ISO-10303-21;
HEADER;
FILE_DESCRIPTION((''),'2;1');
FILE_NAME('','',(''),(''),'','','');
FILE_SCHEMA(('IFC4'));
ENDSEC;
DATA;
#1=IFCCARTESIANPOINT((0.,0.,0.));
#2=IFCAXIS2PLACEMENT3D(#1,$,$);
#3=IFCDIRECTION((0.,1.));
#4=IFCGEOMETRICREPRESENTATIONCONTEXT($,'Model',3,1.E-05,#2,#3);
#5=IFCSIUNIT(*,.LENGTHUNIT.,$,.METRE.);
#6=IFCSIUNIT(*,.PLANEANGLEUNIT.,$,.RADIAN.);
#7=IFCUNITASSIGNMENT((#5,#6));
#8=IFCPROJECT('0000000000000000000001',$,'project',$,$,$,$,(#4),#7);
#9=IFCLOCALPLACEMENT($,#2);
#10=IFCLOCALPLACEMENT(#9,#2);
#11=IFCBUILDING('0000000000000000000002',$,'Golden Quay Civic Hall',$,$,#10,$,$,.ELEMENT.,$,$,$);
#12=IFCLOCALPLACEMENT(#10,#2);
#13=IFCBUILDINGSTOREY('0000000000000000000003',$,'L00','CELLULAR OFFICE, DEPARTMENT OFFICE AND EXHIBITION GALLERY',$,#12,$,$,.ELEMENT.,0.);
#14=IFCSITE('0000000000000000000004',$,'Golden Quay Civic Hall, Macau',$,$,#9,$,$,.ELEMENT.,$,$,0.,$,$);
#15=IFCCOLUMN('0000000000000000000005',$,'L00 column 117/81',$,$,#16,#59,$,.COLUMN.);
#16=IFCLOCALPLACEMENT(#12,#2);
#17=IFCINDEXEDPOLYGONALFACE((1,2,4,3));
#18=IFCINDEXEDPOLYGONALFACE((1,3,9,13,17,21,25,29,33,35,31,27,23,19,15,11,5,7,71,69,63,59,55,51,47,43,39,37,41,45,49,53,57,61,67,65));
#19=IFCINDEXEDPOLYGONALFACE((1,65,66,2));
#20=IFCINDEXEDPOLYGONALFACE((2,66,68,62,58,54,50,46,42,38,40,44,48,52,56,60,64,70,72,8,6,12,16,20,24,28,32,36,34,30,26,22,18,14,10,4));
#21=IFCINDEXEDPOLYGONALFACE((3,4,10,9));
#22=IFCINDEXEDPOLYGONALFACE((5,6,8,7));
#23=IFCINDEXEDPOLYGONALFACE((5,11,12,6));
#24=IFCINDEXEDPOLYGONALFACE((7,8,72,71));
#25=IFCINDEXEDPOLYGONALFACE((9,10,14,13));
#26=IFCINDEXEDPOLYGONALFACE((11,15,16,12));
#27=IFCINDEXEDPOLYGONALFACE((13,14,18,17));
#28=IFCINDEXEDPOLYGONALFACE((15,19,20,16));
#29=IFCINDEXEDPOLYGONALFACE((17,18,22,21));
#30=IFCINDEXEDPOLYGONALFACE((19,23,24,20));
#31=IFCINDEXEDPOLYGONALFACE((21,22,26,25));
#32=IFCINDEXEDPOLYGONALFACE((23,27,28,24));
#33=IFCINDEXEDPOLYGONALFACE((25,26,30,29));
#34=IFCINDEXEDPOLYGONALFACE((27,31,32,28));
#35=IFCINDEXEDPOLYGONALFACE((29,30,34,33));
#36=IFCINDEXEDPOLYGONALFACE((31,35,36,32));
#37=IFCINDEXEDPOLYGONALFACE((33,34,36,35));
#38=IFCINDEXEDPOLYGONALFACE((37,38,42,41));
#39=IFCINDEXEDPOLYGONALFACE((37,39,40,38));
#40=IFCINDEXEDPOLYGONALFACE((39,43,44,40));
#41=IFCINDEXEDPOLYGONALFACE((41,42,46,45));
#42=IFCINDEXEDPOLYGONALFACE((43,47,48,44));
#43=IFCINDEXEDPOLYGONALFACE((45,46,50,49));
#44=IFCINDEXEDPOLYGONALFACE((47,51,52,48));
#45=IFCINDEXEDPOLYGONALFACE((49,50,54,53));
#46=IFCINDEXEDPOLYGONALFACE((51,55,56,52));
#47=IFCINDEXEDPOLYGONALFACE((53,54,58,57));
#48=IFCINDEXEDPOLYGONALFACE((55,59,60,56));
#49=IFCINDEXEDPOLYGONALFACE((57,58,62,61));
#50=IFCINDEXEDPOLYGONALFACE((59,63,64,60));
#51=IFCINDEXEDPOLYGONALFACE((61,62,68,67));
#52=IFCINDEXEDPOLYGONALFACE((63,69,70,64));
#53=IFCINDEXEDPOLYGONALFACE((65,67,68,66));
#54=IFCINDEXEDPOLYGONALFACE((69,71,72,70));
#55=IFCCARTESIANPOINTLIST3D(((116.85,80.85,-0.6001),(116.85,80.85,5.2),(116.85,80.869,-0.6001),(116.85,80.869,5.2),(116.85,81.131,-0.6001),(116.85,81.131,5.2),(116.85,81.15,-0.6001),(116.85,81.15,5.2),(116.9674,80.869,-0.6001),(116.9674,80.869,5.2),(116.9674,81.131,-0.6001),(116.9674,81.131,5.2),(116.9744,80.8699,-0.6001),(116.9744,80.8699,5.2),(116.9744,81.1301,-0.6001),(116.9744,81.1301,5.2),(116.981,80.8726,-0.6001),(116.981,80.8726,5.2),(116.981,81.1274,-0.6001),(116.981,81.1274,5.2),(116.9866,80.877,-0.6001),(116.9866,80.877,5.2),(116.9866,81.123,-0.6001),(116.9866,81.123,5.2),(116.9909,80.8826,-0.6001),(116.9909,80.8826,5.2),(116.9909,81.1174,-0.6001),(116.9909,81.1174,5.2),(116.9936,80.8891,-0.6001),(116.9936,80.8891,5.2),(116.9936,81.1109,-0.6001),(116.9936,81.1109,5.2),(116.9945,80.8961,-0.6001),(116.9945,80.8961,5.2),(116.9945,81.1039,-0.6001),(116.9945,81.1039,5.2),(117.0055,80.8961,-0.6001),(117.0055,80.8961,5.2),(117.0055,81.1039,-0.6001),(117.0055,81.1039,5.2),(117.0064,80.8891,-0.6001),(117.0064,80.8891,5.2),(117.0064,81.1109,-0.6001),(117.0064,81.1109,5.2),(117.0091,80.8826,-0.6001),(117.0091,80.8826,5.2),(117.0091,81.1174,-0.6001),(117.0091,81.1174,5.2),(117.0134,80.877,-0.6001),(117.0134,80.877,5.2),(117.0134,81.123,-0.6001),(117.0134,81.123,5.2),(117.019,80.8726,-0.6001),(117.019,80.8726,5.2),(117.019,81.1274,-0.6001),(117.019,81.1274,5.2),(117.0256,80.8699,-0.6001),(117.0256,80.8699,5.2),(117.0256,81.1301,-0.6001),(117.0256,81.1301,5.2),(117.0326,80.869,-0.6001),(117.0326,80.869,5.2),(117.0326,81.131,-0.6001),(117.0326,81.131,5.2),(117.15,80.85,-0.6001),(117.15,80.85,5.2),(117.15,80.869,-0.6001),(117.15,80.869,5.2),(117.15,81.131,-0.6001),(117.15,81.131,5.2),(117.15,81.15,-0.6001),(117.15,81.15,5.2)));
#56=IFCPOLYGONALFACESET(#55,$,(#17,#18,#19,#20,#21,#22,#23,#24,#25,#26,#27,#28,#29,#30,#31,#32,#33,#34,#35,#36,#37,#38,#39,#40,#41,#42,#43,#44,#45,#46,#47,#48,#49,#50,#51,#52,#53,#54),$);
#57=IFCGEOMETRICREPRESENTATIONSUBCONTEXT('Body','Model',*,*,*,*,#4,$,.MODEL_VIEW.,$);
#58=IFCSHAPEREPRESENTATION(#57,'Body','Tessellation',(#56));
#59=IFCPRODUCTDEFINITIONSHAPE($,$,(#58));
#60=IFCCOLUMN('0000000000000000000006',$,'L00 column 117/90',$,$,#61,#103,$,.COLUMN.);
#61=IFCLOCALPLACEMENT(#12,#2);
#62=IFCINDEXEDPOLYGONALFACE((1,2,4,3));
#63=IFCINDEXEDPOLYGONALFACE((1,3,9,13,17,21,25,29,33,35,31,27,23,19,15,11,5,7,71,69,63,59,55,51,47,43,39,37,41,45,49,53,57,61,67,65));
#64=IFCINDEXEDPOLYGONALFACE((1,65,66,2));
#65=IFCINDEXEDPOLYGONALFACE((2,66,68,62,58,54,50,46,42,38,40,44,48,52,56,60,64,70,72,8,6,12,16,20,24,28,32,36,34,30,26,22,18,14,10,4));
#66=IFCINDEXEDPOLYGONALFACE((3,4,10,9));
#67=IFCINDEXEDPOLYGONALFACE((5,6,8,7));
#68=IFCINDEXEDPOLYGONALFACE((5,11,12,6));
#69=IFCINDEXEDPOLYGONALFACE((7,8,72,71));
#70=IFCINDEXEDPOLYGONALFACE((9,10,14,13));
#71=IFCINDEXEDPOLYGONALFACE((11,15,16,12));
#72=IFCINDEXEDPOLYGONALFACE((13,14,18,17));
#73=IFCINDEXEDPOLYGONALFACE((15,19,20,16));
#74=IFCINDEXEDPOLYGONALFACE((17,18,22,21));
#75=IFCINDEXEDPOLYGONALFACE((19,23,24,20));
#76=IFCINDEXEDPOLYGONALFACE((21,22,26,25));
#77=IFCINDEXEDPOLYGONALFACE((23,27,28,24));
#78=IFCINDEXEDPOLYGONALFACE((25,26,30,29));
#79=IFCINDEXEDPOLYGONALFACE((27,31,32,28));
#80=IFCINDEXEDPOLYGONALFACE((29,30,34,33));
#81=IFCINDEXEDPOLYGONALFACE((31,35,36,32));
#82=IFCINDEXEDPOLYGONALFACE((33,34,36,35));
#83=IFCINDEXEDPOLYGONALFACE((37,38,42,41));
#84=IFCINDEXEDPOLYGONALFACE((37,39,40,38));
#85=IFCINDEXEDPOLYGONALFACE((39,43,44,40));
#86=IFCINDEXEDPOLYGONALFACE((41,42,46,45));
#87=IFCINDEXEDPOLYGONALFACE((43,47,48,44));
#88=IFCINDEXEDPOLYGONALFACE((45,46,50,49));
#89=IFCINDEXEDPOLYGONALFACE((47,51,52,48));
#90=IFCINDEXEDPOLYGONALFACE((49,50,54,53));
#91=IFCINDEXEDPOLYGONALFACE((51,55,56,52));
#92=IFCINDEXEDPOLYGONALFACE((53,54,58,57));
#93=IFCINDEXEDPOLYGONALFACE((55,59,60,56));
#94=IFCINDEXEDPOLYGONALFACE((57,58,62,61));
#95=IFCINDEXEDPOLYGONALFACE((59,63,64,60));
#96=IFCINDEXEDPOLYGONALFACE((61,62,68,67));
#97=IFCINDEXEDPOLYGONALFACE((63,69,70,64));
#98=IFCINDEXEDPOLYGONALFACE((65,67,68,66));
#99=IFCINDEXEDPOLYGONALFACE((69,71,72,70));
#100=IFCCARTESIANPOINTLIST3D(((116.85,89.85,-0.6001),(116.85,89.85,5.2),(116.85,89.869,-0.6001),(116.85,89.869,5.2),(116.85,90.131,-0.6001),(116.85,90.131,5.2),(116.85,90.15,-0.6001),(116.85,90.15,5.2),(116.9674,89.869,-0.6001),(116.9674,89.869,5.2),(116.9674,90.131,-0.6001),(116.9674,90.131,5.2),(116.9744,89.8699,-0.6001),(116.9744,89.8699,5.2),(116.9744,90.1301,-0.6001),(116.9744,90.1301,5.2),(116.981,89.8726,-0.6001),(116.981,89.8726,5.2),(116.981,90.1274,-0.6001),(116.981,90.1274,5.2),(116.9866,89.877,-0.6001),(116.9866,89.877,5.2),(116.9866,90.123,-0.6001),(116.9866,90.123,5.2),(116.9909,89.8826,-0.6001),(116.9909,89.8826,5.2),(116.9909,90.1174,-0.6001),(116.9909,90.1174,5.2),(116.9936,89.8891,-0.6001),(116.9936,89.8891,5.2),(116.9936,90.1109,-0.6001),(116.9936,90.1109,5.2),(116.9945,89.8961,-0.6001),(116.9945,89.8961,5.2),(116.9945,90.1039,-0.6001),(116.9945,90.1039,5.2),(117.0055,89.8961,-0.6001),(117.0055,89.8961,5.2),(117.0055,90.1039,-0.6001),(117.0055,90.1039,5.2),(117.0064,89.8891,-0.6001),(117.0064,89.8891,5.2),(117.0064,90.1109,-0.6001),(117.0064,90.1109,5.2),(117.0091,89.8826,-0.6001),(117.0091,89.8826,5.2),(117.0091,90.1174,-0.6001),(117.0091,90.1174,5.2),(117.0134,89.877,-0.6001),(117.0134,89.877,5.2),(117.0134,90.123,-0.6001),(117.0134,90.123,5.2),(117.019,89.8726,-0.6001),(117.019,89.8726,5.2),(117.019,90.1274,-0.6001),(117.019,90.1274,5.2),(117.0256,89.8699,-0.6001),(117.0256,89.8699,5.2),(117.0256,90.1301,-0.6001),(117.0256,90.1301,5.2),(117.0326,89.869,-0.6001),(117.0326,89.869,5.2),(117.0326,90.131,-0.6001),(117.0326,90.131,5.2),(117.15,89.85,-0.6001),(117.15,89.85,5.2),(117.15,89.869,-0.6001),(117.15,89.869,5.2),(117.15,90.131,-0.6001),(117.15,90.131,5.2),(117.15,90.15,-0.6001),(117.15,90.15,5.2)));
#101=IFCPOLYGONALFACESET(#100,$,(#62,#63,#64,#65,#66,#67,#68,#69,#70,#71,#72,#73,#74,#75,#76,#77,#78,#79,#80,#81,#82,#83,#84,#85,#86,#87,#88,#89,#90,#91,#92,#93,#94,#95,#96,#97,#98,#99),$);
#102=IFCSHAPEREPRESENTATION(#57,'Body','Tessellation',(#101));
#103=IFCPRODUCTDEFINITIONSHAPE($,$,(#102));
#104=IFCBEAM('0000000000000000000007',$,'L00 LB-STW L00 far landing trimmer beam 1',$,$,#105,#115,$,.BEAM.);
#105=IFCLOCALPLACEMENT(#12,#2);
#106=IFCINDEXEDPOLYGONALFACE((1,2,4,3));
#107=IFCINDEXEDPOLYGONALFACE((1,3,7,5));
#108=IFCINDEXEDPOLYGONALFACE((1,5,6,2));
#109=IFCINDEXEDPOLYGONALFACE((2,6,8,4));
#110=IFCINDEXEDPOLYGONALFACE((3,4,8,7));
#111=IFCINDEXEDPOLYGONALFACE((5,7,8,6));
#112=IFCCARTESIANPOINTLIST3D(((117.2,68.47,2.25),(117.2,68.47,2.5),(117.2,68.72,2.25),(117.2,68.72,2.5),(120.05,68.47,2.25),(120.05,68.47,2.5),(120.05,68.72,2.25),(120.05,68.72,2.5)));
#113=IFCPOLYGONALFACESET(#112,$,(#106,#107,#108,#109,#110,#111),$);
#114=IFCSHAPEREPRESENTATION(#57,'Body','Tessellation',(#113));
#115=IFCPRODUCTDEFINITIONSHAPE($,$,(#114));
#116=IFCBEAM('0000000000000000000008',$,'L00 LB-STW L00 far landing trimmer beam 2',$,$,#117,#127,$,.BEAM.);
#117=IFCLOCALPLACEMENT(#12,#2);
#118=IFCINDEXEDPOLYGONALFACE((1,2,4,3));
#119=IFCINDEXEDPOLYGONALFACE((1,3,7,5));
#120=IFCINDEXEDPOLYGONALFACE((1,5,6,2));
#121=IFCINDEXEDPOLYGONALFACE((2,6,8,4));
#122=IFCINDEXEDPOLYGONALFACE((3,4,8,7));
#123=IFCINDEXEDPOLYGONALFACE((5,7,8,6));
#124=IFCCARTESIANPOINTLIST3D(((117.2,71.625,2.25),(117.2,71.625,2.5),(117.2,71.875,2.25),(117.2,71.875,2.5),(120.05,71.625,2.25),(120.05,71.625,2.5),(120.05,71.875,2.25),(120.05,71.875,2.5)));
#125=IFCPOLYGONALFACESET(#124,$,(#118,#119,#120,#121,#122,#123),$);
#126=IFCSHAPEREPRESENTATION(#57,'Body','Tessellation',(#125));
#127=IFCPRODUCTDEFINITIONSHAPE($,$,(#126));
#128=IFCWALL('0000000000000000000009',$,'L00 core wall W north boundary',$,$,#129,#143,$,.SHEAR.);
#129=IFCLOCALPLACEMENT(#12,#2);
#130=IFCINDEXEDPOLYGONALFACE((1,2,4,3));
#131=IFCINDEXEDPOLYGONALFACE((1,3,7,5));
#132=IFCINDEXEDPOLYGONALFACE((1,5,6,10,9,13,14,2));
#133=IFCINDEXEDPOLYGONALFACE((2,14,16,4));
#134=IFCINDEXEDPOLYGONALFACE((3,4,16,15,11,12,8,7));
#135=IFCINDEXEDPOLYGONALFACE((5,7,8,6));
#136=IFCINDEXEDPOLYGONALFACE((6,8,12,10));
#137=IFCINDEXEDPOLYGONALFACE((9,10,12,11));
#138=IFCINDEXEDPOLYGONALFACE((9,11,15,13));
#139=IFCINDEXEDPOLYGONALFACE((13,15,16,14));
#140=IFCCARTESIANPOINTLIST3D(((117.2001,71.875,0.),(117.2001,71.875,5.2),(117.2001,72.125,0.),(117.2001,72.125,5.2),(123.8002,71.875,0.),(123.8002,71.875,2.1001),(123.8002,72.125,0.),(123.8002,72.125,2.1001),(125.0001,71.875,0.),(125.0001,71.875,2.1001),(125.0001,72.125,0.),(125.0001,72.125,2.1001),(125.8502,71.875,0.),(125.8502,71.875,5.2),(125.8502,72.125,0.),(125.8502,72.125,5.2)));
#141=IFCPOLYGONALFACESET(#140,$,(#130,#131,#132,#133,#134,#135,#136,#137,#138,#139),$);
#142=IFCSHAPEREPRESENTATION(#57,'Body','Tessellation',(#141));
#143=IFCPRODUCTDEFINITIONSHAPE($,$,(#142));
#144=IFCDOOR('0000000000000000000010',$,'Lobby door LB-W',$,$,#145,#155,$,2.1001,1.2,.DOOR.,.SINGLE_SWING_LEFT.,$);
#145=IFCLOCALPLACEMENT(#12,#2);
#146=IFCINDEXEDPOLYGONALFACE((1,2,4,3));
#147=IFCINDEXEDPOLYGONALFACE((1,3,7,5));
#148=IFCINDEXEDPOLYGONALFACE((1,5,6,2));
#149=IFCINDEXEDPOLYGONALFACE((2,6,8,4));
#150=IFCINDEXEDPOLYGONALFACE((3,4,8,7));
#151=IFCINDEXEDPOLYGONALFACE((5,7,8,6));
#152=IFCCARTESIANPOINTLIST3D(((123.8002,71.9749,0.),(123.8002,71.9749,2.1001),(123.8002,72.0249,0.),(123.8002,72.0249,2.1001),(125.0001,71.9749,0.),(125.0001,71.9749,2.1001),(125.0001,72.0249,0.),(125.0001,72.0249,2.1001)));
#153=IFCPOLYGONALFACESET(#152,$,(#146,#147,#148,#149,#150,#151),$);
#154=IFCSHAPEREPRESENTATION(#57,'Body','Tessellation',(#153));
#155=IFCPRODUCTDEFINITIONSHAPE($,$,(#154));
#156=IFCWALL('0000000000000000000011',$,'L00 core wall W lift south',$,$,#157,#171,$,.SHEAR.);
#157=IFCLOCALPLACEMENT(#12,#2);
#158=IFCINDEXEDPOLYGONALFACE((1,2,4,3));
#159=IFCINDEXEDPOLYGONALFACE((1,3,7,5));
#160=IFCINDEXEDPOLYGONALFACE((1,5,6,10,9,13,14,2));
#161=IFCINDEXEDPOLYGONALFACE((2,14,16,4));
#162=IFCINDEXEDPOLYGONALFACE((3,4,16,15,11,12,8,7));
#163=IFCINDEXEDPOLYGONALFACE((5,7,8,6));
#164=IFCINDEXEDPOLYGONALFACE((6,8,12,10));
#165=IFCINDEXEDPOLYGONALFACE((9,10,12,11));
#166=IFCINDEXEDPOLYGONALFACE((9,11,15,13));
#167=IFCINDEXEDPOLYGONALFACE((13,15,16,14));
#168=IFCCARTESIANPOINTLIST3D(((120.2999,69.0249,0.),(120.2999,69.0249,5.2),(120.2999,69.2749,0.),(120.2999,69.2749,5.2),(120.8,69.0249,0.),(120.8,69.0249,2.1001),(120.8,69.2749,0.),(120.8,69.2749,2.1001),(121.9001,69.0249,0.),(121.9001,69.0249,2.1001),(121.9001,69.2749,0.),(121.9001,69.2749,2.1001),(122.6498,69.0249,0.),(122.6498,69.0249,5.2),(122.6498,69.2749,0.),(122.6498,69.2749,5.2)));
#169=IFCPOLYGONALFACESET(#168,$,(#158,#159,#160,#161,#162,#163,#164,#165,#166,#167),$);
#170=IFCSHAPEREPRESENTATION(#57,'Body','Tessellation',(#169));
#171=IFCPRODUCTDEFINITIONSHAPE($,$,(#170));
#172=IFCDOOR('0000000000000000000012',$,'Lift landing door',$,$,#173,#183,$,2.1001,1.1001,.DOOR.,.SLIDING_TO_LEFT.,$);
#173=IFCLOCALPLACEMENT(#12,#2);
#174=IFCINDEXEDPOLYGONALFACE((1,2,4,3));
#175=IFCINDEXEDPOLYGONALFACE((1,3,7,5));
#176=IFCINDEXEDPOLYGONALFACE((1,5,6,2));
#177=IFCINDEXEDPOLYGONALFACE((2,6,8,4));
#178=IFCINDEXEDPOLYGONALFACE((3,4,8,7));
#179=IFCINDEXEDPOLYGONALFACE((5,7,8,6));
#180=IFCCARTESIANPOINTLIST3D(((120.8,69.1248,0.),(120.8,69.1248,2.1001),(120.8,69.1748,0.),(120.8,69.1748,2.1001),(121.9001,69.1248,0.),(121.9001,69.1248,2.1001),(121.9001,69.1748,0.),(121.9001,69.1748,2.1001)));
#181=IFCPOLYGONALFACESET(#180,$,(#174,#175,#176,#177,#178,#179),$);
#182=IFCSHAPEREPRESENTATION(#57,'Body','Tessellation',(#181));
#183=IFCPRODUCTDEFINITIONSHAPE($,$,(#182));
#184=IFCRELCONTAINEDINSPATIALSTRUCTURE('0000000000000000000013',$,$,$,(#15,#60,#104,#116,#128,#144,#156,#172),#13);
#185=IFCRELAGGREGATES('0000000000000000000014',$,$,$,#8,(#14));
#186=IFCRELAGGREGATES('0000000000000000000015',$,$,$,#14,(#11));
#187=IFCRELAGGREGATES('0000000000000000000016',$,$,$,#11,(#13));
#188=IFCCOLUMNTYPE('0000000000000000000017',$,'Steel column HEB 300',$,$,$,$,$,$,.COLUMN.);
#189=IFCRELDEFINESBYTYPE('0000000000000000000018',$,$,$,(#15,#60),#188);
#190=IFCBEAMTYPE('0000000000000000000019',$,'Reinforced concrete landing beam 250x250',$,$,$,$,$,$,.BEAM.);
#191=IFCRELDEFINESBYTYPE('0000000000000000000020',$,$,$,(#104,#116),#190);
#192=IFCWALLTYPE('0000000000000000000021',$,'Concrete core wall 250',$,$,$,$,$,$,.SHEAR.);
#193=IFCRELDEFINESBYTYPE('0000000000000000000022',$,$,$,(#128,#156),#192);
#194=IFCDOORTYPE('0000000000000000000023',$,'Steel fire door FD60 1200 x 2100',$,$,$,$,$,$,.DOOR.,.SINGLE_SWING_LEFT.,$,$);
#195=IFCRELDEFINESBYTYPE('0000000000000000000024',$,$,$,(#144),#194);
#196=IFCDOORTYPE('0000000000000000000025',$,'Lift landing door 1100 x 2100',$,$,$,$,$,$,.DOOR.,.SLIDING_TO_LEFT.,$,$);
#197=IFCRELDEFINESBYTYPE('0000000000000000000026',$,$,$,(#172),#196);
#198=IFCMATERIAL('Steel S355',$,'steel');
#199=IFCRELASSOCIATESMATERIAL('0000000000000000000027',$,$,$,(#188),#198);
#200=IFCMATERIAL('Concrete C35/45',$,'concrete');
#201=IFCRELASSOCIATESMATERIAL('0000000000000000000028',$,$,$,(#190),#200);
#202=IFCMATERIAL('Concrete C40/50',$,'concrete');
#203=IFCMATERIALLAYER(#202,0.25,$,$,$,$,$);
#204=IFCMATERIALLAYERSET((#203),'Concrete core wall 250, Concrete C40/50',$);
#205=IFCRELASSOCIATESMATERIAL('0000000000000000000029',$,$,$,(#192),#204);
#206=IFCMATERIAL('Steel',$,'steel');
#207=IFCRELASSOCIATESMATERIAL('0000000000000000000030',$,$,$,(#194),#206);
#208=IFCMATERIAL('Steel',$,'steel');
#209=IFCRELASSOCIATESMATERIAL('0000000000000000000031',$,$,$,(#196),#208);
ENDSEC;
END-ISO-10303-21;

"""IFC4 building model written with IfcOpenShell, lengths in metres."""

from ifc_helpers import new_model, si_unit, direction, frame, frame_2d, origin, origin_2d, place, context, subcontext, project, spatial, rectangle, i_section, extrude, material, layer, layer_set, material_profile, profile_set, type_object, element, fill, save


model = new_model("IFC4")

# Units and contexts
model_context = context("Model", 3, precision=1e-05, world=origin(), true_north=direction((0.0, 1.0)))
body_context = subcontext(model_context, "Body", "Model", "MODEL_VIEW")
ifc_project = project(units=[si_unit("LENGTHUNIT", "METRE"), si_unit("PLANEANGLEUNIT", "RADIAN")], contexts=[model_context])

# Site, building, storey
site_placement = place(None, origin())
site = spatial("IfcSite", under=ifc_project, at=site_placement, Name="Golden Quay Civic Hall, Macau", CompositionType="ELEMENT", RefElevation=0.0)
building_placement = place(site_placement, origin())
building = spatial("IfcBuilding", under=site, at=building_placement, Name="Golden Quay Civic Hall", CompositionType="ELEMENT")
storey_placement = place(building_placement, origin())
storey = spatial("IfcBuildingStorey", under=building, at=storey_placement, Name="L00", Description="CELLULAR OFFICE, DEPARTMENT OFFICE AND EXHIBITION GALLERY", CompositionType="ELEMENT", Elevation=0.0)

# Columns
ifc_material_1 = material(Name="Steel S355", Category="steel")
ifc_material_profile_1 = material_profile(ifc_material_1, i_section(OverallWidth=0.3, OverallDepth=0.3, WebThickness=0.011, FlangeThickness=0.019, FilletRadius=0.0271, at=origin_2d()), Name="HEB 300")
ifc_profile_set_1 = profile_set([ifc_material_profile_1], Name="Steel S355")
column_type = type_object("IfcColumnType", Name="Steel column HEB 300", PredefinedType="COLUMN", material=ifc_profile_set_1)
for number, where, z_axis, x_axis, name in (
    (1, (117.0, 81.0, -0.6001), (0.0, 0.0, 1.0), (1.0, 0.0, 0.0), "L00 column 117/81"),
    (2, (117.0, 90.0, -0.6001), (0.0, 0.0, 1.0), (1.0, 0.0, 0.0), "L00 column 117/90"),
):
    element("IfcColumn", number, at=place(storey_placement, frame(where, z_axis=z_axis, x_axis=x_axis)), inside=storey, type_object=column_type, Name=name, PredefinedType="COLUMN", context=body_context, shape_type="SweptSolid", body=[
        extrude(i_section(OverallWidth=0.3, OverallDepth=0.3, WebThickness=0.011, FlangeThickness=0.019, FilletRadius=0.0271, at=origin_2d()), origin(), (0.0, 0.0, 1.0), 5.8),
    ])

# Beams
ifc_material_2 = material(Name="Concrete C35/45", Category="concrete")
ifc_material_profile_2 = material_profile(ifc_material_2, rectangle(XDim=0.25, YDim=0.25, at=origin_2d()), Name="RC 250x250")
ifc_profile_set_2 = profile_set([ifc_material_profile_2], Name="Concrete C35/45")
beam_type = type_object("IfcBeamType", Name="Reinforced concrete landing beam 250x250", PredefinedType="BEAM", material=ifc_profile_set_2)
for number, where, z_axis, x_axis, name in (
    (3, (120.05, 68.595, 2.375), (-1.0, 0.0, 0.0), (0.0, -1.0, 0.0), "L00 LB-STW L00 far landing trimmer beam 1"),
    (4, (120.05, 71.75, 2.375), (-1.0, 0.0, 0.0), (0.0, -1.0, 0.0), "L00 LB-STW L00 far landing trimmer beam 2"),
):
    element("IfcBeam", number, at=place(storey_placement, frame(where, z_axis=z_axis, x_axis=x_axis)), inside=storey, type_object=beam_type, Name=name, PredefinedType="BEAM", context=body_context, shape_type="SweptSolid", body=[
        extrude(rectangle(XDim=0.25, YDim=0.25, at=origin_2d()), origin(), (0.0, 0.0, 1.0), 2.8501),
    ])

# Walls, openings, doors
ifc_material_3 = material(Name="Concrete C40/50", Category="concrete")
ifc_layer_1 = layer(ifc_material_3, 0.25)
ifc_layer_set_1 = layer_set([ifc_layer_1], Name="Concrete core wall 250, Concrete C40/50")
wall_type_1 = type_object("IfcWallType", Name="Concrete core wall 250", PredefinedType="SHEAR", material=ifc_layer_set_1)
wall_1_placement = place(storey_placement, frame((117.2, 72.0, 0.0), z_axis=(0.0, 0.0, 1.0), x_axis=(1.0, 0.0, 0.0)))
wall_1 = element("IfcWall", 5, at=wall_1_placement, inside=storey, type_object=wall_type_1, Name="L00 core wall W north boundary", PredefinedType="SHEAR", context=body_context, shape_type="SweptSolid", body=[
    extrude(rectangle(XDim=8.6501, YDim=0.25, at=frame_2d((4.3252, 0.0))), origin(), (0.0, 0.0, 1.0), 5.2),
])
opening_1_placement = place(wall_1_placement, frame((6.6001, 0.0, 0.0)))
opening_1 = element("IfcOpeningElement", 6, at=opening_1_placement, cuts=wall_1, PredefinedType="OPENING", context=body_context, shape_type="SweptSolid", body=[
    extrude(rectangle(XDim=1.2, YDim=2.1001, at=frame_2d((0.6001, 1.05))), frame((0.0, 0.135, 0.0), z_axis=(0.0, -1.0, 0.0), x_axis=(1.0, 0.0, 0.0)), (0.0, 0.0, 1.0), 0.27),
])
ifc_material_4 = material(Name="Steel", Category="steel")
door_type_1 = type_object("IfcDoorType", Name="Steel fire door FD60 1200 x 2100", OperationType="SINGLE_SWING_LEFT", PredefinedType="DOOR", material=ifc_material_4)
door_1_placement = place(opening_1_placement, origin())
door_1 = element("IfcDoor", 7, at=door_1_placement, inside=storey, type_object=door_type_1, Name="Lobby door LB-W", OperationType="SINGLE_SWING_LEFT", OverallHeight=2.1001, OverallWidth=1.2, PredefinedType="DOOR", context=body_context, shape_type="SweptSolid", body=[
    extrude(rectangle(XDim=1.2, YDim=2.1001, at=frame_2d((0.6001, 1.05))), frame((0.0, 0.0249, 0.0), z_axis=(0.0, -1.0, 0.0), x_axis=(1.0, 0.0, 0.0)), (0.0, 0.0, 1.0), 0.05),
])
fill(opening_1, door_1)
wall_2_placement = place(storey_placement, frame((120.3, 69.1499, 0.0), z_axis=(0.0, 0.0, 1.0), x_axis=(1.0, 0.0, 0.0)))
wall_2 = element("IfcWall", 8, at=wall_2_placement, inside=storey, type_object=wall_type_1, Name="L00 core wall W lift south", PredefinedType="SHEAR", context=body_context, shape_type="SweptSolid", body=[
    extrude(rectangle(XDim=2.3499, YDim=0.25, at=frame_2d((1.1748, 0.0))), origin(), (0.0, 0.0, 1.0), 5.2),
])
opening_2_placement = place(wall_2_placement, frame((0.5, 0.0, 0.0)))
opening_2 = element("IfcOpeningElement", 9, at=opening_2_placement, cuts=wall_2, PredefinedType="OPENING", context=body_context, shape_type="SweptSolid", body=[
    extrude(rectangle(XDim=1.1001, YDim=2.1001, at=frame_2d((0.55, 1.05))), frame((0.0, 0.135, 0.0), z_axis=(0.0, -1.0, 0.0), x_axis=(1.0, 0.0, 0.0)), (0.0, 0.0, 1.0), 0.27),
])
ifc_material_5 = material(Name="Steel", Category="steel")
door_type_2 = type_object("IfcDoorType", Name="Lift landing door 1100 x 2100", OperationType="SLIDING_TO_LEFT", PredefinedType="DOOR", material=ifc_material_5)
door_2_placement = place(opening_2_placement, origin())
door_2 = element("IfcDoor", 10, at=door_2_placement, inside=storey, type_object=door_type_2, Name="Lift landing door", OperationType="SLIDING_TO_LEFT", OverallHeight=2.1001, OverallWidth=1.1001, PredefinedType="DOOR", context=body_context, shape_type="SweptSolid", body=[
    extrude(rectangle(XDim=1.1001, YDim=2.1001, at=frame_2d((0.55, 1.05))), frame((0.0, 0.0249, 0.0), z_axis=(0.0, -1.0, 0.0), x_axis=(1.0, 0.0, 0.0)), (0.0, 0.0, 1.0), 0.05),
])
fill(opening_2, door_2)

save(model, "model.ifc")
